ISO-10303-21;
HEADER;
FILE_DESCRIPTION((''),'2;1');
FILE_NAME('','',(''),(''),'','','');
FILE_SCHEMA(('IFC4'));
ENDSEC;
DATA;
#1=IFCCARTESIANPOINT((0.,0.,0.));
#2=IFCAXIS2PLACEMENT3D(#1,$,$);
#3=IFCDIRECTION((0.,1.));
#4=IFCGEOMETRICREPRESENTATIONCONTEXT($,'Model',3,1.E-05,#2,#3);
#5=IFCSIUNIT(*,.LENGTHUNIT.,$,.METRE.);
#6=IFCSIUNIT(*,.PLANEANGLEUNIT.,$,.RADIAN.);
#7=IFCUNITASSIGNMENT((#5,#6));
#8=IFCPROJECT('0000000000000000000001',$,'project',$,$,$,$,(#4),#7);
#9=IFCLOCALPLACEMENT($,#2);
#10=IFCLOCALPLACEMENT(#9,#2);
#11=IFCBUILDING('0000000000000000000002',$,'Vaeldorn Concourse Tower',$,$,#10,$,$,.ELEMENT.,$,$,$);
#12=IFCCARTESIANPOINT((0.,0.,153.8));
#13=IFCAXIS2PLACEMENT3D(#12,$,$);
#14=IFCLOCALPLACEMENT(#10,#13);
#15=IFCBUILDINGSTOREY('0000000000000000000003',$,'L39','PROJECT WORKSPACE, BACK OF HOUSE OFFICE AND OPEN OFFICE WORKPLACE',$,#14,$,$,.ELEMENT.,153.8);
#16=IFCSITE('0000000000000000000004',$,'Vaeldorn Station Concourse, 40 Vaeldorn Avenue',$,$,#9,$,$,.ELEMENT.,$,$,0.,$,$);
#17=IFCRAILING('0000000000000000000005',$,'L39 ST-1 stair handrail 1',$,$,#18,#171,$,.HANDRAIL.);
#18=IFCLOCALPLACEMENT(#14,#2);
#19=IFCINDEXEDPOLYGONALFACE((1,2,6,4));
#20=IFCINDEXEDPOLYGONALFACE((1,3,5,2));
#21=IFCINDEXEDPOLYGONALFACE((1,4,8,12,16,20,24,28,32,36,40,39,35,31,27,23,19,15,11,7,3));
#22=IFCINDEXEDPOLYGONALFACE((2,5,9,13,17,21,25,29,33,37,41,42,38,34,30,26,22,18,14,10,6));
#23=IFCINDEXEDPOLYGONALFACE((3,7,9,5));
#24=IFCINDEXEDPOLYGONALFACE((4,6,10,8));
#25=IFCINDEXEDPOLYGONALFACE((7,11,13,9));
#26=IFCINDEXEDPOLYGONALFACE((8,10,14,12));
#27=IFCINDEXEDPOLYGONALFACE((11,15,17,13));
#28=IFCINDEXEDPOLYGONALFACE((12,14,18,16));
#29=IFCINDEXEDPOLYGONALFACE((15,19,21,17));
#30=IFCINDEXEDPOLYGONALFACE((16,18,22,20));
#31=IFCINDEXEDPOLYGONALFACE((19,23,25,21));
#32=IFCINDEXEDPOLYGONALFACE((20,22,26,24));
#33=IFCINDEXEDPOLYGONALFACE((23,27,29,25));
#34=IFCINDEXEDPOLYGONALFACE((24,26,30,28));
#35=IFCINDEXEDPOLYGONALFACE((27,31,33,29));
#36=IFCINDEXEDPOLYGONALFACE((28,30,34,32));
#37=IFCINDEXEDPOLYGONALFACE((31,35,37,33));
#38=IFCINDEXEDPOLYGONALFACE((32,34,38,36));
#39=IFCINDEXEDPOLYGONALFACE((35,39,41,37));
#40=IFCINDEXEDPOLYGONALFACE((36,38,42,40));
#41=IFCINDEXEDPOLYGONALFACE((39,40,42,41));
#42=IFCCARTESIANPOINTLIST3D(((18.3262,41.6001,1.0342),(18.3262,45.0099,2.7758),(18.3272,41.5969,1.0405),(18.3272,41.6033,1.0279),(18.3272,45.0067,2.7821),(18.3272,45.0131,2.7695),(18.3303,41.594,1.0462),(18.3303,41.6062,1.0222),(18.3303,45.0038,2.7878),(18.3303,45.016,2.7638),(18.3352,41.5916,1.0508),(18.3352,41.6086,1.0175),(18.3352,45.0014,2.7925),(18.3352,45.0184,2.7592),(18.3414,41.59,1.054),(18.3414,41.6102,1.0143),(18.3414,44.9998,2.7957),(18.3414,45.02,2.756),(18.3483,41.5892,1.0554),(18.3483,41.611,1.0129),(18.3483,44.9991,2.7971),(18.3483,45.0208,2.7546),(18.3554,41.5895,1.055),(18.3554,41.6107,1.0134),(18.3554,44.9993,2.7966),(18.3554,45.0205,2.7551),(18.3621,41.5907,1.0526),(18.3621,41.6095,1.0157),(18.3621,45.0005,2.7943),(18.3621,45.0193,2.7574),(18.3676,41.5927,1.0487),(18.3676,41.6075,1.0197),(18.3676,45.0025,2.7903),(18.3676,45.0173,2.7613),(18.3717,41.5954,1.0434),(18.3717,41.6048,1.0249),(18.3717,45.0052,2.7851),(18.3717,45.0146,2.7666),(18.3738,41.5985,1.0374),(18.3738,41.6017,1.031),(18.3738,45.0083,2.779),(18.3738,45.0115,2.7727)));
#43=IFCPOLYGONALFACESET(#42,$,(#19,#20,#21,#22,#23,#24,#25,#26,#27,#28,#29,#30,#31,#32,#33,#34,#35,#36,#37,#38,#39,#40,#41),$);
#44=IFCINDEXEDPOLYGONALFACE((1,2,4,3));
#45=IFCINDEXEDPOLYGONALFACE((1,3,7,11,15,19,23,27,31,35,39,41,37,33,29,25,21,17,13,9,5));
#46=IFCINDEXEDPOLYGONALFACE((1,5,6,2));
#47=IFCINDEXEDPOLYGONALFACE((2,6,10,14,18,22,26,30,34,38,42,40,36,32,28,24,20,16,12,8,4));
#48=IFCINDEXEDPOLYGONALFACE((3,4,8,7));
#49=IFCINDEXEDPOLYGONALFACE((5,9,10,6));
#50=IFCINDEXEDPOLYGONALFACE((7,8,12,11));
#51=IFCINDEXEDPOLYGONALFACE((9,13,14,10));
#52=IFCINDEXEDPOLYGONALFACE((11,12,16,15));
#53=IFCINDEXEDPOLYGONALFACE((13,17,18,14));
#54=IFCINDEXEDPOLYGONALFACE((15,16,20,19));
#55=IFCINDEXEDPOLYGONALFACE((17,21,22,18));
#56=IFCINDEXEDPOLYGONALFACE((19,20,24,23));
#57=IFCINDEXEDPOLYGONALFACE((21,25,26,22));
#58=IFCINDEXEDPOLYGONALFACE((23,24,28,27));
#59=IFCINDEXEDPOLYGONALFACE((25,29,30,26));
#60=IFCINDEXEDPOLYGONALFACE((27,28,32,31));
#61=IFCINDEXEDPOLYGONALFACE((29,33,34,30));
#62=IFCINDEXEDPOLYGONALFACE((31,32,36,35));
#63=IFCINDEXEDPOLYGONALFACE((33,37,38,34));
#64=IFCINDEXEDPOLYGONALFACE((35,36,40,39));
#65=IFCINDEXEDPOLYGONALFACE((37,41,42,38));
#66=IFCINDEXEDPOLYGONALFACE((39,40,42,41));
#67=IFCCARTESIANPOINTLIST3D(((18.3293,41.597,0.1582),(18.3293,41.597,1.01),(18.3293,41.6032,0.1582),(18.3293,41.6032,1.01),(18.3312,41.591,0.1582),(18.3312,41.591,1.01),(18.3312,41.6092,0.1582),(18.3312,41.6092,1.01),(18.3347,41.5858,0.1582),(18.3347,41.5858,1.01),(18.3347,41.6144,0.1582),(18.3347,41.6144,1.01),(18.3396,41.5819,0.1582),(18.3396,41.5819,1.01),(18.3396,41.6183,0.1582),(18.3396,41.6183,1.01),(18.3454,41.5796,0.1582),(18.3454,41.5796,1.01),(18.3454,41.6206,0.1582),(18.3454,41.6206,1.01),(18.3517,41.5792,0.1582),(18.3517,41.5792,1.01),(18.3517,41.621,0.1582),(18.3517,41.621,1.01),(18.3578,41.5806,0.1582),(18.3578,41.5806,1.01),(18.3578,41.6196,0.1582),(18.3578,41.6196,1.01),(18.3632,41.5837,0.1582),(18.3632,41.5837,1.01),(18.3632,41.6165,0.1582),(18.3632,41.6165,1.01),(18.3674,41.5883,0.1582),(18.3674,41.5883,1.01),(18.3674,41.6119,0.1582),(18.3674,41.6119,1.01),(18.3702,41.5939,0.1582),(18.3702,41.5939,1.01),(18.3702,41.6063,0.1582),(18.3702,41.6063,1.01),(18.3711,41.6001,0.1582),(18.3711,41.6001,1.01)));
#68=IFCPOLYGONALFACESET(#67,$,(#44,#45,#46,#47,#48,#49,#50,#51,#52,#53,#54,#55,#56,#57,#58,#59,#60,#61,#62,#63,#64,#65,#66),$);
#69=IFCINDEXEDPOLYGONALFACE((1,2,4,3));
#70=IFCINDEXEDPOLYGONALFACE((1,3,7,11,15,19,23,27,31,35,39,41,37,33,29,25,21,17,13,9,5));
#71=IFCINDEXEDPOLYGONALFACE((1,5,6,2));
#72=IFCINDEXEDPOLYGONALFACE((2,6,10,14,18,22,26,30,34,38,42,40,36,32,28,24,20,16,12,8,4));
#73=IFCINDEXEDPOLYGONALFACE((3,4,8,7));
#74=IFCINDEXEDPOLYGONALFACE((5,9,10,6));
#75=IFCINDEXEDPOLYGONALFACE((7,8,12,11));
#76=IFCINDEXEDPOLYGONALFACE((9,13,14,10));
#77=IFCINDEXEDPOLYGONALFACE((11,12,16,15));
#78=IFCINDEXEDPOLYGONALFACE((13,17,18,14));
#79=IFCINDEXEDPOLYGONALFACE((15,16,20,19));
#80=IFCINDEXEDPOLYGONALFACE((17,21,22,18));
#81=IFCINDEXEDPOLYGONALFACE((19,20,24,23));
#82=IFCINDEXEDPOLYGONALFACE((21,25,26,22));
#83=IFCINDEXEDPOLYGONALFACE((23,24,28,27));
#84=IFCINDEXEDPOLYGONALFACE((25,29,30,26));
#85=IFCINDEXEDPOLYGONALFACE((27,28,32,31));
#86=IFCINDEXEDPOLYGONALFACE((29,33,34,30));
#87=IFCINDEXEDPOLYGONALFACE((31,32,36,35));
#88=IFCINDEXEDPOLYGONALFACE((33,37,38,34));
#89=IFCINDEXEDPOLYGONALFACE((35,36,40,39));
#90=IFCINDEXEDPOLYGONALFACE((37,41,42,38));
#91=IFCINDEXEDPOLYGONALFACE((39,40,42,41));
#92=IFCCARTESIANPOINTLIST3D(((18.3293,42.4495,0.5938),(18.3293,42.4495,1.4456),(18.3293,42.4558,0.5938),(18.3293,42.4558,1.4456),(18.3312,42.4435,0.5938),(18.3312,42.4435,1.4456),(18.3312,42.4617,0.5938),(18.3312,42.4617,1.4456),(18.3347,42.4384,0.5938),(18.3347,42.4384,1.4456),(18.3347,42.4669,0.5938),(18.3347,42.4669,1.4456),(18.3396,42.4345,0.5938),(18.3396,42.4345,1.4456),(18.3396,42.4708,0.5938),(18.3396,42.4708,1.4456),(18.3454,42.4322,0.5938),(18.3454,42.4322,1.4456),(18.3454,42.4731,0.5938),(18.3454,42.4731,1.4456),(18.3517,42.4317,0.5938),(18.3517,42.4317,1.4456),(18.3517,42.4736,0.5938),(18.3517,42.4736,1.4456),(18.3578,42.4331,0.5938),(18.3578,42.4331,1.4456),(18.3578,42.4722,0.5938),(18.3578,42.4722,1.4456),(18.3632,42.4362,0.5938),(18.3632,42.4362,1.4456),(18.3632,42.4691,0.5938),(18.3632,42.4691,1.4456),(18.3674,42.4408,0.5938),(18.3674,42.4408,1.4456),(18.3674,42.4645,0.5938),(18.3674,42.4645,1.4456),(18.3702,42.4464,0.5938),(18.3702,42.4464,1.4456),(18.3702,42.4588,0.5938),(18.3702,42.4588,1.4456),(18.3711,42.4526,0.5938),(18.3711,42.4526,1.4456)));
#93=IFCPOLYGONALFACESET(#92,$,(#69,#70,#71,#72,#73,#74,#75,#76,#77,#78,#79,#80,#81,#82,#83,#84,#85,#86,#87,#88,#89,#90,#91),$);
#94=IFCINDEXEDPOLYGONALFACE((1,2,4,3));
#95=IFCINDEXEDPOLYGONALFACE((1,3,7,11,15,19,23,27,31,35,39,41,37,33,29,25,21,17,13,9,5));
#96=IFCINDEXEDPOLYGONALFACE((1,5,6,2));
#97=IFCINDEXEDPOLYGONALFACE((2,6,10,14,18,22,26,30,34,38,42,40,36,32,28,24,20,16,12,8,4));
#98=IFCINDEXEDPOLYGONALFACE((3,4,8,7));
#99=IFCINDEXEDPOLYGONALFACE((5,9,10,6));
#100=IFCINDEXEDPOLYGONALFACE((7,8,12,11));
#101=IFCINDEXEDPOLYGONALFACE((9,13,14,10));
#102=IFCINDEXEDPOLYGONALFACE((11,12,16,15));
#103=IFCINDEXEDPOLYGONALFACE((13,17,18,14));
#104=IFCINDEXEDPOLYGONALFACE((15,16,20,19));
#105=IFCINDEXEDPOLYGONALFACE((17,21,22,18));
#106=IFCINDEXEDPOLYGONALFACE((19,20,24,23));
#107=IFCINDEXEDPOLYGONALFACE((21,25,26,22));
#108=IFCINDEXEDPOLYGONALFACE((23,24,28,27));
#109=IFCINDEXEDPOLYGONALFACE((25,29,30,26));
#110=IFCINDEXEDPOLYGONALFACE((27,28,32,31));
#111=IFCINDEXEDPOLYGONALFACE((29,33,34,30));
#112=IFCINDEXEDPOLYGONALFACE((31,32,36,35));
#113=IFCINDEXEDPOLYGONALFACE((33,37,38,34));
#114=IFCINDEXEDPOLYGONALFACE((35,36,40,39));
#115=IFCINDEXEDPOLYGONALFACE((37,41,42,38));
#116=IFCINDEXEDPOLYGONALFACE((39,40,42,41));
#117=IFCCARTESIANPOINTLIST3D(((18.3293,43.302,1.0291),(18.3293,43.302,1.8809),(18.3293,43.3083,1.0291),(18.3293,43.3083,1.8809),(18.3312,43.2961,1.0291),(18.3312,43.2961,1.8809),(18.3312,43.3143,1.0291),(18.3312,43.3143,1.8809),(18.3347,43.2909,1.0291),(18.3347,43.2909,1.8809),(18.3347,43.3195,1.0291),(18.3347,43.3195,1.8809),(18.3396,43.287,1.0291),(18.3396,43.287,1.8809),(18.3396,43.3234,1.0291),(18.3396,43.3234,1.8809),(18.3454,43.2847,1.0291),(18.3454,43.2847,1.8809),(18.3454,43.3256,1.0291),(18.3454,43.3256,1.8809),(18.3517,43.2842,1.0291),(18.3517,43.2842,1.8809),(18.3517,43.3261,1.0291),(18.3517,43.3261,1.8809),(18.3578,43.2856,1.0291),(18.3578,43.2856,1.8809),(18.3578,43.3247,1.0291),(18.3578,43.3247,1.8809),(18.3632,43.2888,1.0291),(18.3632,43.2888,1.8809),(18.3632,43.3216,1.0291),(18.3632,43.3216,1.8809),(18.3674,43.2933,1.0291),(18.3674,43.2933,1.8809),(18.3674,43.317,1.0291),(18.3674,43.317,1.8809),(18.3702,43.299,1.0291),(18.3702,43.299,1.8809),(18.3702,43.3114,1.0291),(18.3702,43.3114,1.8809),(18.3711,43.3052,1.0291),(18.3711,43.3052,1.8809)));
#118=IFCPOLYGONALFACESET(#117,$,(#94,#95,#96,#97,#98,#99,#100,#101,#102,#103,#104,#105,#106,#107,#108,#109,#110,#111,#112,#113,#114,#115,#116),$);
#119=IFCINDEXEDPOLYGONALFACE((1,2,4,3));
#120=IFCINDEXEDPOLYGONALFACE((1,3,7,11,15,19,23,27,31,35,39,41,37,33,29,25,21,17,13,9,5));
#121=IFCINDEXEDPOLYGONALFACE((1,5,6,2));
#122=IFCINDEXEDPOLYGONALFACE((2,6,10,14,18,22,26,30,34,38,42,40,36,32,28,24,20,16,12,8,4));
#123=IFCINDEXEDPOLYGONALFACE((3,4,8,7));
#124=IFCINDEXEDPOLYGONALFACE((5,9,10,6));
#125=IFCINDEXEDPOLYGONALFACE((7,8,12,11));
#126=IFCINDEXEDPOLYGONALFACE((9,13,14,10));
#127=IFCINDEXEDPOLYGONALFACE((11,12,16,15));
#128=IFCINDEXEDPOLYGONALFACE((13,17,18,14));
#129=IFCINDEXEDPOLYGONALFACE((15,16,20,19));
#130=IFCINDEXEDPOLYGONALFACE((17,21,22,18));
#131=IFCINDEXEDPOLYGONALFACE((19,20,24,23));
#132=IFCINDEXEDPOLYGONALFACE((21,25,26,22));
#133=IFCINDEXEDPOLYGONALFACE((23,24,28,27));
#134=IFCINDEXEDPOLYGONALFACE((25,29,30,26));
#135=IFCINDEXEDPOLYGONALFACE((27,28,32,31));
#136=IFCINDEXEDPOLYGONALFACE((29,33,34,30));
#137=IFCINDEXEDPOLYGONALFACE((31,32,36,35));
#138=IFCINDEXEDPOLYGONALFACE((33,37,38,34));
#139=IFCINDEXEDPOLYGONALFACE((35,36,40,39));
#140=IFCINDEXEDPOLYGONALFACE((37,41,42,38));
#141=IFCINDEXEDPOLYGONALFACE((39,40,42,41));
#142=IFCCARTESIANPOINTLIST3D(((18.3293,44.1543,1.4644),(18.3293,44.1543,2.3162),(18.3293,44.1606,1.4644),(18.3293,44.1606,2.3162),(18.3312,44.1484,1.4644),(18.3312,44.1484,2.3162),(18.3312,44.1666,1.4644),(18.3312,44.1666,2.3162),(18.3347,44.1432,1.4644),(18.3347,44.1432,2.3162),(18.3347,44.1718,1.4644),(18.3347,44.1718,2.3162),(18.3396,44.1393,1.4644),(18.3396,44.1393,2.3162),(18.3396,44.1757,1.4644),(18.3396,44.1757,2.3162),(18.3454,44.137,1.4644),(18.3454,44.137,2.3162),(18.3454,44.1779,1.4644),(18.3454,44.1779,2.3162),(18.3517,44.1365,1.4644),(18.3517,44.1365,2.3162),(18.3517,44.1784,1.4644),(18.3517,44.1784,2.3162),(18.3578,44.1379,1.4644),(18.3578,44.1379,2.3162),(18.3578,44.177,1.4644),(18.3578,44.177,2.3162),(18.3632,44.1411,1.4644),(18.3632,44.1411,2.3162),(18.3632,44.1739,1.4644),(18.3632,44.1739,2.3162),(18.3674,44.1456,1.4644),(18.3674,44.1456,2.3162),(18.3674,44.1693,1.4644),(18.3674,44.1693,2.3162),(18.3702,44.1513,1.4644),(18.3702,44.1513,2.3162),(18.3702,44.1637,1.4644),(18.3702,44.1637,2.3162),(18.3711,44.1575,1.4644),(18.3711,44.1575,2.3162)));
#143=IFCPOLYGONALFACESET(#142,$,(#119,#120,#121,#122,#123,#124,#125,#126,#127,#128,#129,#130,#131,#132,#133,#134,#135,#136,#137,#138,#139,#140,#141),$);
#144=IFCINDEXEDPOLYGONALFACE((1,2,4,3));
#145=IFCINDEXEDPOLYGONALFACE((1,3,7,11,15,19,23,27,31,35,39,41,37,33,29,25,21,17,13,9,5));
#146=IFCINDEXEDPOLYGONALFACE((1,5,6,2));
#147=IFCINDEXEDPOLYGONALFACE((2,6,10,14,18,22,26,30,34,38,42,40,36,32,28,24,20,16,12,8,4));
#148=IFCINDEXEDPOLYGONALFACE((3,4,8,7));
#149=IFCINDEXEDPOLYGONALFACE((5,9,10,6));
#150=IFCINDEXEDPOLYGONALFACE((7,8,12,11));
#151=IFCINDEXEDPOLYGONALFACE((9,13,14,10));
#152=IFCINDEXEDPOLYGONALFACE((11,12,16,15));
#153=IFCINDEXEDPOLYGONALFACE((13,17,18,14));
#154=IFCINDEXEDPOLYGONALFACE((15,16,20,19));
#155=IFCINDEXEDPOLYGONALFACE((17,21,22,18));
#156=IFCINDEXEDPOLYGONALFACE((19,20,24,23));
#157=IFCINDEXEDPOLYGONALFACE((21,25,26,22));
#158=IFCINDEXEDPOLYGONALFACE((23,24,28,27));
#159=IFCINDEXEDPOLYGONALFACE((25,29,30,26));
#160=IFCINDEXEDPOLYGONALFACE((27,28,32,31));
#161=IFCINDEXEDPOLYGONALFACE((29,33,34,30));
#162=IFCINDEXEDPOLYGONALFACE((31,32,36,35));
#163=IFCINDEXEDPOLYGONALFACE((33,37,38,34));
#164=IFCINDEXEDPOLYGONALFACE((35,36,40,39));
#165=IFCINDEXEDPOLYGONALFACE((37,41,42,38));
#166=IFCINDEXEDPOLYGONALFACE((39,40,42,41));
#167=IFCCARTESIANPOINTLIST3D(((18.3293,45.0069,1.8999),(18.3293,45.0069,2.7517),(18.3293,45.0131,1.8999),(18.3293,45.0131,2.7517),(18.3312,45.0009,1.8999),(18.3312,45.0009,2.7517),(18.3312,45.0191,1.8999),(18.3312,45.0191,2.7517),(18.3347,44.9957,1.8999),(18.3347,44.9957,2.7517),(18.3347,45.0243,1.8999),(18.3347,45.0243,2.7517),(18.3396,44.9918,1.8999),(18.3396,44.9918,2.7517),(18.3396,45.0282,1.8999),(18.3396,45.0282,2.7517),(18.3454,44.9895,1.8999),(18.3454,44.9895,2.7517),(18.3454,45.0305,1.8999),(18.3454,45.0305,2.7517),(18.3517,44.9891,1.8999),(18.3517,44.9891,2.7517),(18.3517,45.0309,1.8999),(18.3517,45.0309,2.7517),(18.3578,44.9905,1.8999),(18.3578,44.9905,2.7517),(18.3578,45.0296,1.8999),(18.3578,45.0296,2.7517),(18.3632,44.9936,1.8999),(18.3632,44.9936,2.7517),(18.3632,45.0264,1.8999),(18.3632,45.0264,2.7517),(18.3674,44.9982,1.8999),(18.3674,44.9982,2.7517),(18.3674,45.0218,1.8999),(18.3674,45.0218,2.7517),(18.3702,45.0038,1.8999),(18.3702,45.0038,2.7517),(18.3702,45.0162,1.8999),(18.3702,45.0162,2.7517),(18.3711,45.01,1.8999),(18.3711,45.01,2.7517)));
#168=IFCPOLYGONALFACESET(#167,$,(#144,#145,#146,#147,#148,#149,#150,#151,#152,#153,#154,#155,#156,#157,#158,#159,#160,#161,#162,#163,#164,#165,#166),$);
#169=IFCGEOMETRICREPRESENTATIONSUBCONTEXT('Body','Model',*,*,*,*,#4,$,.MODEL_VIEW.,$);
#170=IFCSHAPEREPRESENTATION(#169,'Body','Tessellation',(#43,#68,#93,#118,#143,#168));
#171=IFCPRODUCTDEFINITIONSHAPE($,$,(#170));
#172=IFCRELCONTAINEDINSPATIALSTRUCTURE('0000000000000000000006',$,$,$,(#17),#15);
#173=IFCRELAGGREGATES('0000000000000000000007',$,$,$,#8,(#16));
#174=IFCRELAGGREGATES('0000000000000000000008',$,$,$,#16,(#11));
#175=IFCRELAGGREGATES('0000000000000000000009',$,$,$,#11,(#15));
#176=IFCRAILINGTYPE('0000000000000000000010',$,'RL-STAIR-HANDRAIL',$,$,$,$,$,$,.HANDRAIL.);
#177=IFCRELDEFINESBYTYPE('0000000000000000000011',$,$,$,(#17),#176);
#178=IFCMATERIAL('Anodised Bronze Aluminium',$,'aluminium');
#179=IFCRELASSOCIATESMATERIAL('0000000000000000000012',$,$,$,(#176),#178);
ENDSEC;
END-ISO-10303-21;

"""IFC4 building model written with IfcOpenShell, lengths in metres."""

from ifc_helpers import new_model, si_unit, direction, frame, origin, origin_2d, place, context, subcontext, project, spatial, circle, extrude, material, type_object, element, save


model = new_model("IFC4")

# Units and contexts
model_context = context("Model", 3, precision=1e-05, world=origin(), true_north=direction((0.0, 1.0)))
body_context = subcontext(model_context, "Body", "Model", "MODEL_VIEW")
ifc_project = project(units=[si_unit("LENGTHUNIT", "METRE"), si_unit("PLANEANGLEUNIT", "RADIAN")], contexts=[model_context])

# Site, building, storey
site_placement = place(None, origin())
site = spatial("IfcSite", under=ifc_project, at=site_placement, Name="Vaeldorn Station Concourse, 40 Vaeldorn Avenue", CompositionType="ELEMENT", RefElevation=0.0)
building_placement = place(site_placement, origin())
building = spatial("IfcBuilding", under=site, at=building_placement, Name="Vaeldorn Concourse Tower", CompositionType="ELEMENT")
storey_placement = place(building_placement, frame((0.0, 0.0, 153.8)))
storey = spatial("IfcBuildingStorey", under=building, at=storey_placement, Name="L39", Description="PROJECT WORKSPACE, BACK OF HOUSE OFFICE AND OPEN OFFICE WORKPLACE", CompositionType="ELEMENT", Elevation=153.8)

# Shared definitions
ifc_material_1 = material(Name="Anodised Bronze Aluminium", Category="aluminium")

# Railing
railing_type_1 = type_object("IfcRailingType", Name="RL-STAIR-HANDRAIL", PredefinedType="HANDRAIL", material=ifc_material_1)
railing_1_placement = place(storey_placement, frame((18.3501, 41.6001, 0.1582)))
element("IfcRailing", 1, at=railing_1_placement, inside=storey, type_object=railing_type_1, Name="L39 ST-1 stair handrail 1", PredefinedType="HANDRAIL", context=body_context, shape_type="SweptSolid", body=[
    extrude(circle(Radius=0.0239, at=origin_2d()), frame((0.0, 0.0, 0.876), z_axis=(0.0, 0.890556, 0.454874), x_axis=(-1.0, 0.0, 0.0)), (0.0, 0.0, 1.0), 3.8289),
    extrude(circle(Radius=0.021, at=origin_2d()), origin(), (0.0, 0.0, 1.0), 0.8518),
    extrude(circle(Radius=0.021, at=origin_2d()), frame((0.0, 0.8525, 0.4355)), (0.0, 0.0, 1.0), 0.8518),
    extrude(circle(Radius=0.021, at=origin_2d()), frame((0.0, 1.7051, 0.8708)), (0.0, 0.0, 1.0), 0.8518),
    extrude(circle(Radius=0.021, at=origin_2d()), frame((0.0, 2.5574, 1.3062)), (0.0, 0.0, 1.0), 0.8518),
    extrude(circle(Radius=0.021, at=origin_2d()), frame((0.0, 3.4099, 1.7417)), (0.0, 0.0, 1.0), 0.8518),
])

save(model, "model.ifc")
